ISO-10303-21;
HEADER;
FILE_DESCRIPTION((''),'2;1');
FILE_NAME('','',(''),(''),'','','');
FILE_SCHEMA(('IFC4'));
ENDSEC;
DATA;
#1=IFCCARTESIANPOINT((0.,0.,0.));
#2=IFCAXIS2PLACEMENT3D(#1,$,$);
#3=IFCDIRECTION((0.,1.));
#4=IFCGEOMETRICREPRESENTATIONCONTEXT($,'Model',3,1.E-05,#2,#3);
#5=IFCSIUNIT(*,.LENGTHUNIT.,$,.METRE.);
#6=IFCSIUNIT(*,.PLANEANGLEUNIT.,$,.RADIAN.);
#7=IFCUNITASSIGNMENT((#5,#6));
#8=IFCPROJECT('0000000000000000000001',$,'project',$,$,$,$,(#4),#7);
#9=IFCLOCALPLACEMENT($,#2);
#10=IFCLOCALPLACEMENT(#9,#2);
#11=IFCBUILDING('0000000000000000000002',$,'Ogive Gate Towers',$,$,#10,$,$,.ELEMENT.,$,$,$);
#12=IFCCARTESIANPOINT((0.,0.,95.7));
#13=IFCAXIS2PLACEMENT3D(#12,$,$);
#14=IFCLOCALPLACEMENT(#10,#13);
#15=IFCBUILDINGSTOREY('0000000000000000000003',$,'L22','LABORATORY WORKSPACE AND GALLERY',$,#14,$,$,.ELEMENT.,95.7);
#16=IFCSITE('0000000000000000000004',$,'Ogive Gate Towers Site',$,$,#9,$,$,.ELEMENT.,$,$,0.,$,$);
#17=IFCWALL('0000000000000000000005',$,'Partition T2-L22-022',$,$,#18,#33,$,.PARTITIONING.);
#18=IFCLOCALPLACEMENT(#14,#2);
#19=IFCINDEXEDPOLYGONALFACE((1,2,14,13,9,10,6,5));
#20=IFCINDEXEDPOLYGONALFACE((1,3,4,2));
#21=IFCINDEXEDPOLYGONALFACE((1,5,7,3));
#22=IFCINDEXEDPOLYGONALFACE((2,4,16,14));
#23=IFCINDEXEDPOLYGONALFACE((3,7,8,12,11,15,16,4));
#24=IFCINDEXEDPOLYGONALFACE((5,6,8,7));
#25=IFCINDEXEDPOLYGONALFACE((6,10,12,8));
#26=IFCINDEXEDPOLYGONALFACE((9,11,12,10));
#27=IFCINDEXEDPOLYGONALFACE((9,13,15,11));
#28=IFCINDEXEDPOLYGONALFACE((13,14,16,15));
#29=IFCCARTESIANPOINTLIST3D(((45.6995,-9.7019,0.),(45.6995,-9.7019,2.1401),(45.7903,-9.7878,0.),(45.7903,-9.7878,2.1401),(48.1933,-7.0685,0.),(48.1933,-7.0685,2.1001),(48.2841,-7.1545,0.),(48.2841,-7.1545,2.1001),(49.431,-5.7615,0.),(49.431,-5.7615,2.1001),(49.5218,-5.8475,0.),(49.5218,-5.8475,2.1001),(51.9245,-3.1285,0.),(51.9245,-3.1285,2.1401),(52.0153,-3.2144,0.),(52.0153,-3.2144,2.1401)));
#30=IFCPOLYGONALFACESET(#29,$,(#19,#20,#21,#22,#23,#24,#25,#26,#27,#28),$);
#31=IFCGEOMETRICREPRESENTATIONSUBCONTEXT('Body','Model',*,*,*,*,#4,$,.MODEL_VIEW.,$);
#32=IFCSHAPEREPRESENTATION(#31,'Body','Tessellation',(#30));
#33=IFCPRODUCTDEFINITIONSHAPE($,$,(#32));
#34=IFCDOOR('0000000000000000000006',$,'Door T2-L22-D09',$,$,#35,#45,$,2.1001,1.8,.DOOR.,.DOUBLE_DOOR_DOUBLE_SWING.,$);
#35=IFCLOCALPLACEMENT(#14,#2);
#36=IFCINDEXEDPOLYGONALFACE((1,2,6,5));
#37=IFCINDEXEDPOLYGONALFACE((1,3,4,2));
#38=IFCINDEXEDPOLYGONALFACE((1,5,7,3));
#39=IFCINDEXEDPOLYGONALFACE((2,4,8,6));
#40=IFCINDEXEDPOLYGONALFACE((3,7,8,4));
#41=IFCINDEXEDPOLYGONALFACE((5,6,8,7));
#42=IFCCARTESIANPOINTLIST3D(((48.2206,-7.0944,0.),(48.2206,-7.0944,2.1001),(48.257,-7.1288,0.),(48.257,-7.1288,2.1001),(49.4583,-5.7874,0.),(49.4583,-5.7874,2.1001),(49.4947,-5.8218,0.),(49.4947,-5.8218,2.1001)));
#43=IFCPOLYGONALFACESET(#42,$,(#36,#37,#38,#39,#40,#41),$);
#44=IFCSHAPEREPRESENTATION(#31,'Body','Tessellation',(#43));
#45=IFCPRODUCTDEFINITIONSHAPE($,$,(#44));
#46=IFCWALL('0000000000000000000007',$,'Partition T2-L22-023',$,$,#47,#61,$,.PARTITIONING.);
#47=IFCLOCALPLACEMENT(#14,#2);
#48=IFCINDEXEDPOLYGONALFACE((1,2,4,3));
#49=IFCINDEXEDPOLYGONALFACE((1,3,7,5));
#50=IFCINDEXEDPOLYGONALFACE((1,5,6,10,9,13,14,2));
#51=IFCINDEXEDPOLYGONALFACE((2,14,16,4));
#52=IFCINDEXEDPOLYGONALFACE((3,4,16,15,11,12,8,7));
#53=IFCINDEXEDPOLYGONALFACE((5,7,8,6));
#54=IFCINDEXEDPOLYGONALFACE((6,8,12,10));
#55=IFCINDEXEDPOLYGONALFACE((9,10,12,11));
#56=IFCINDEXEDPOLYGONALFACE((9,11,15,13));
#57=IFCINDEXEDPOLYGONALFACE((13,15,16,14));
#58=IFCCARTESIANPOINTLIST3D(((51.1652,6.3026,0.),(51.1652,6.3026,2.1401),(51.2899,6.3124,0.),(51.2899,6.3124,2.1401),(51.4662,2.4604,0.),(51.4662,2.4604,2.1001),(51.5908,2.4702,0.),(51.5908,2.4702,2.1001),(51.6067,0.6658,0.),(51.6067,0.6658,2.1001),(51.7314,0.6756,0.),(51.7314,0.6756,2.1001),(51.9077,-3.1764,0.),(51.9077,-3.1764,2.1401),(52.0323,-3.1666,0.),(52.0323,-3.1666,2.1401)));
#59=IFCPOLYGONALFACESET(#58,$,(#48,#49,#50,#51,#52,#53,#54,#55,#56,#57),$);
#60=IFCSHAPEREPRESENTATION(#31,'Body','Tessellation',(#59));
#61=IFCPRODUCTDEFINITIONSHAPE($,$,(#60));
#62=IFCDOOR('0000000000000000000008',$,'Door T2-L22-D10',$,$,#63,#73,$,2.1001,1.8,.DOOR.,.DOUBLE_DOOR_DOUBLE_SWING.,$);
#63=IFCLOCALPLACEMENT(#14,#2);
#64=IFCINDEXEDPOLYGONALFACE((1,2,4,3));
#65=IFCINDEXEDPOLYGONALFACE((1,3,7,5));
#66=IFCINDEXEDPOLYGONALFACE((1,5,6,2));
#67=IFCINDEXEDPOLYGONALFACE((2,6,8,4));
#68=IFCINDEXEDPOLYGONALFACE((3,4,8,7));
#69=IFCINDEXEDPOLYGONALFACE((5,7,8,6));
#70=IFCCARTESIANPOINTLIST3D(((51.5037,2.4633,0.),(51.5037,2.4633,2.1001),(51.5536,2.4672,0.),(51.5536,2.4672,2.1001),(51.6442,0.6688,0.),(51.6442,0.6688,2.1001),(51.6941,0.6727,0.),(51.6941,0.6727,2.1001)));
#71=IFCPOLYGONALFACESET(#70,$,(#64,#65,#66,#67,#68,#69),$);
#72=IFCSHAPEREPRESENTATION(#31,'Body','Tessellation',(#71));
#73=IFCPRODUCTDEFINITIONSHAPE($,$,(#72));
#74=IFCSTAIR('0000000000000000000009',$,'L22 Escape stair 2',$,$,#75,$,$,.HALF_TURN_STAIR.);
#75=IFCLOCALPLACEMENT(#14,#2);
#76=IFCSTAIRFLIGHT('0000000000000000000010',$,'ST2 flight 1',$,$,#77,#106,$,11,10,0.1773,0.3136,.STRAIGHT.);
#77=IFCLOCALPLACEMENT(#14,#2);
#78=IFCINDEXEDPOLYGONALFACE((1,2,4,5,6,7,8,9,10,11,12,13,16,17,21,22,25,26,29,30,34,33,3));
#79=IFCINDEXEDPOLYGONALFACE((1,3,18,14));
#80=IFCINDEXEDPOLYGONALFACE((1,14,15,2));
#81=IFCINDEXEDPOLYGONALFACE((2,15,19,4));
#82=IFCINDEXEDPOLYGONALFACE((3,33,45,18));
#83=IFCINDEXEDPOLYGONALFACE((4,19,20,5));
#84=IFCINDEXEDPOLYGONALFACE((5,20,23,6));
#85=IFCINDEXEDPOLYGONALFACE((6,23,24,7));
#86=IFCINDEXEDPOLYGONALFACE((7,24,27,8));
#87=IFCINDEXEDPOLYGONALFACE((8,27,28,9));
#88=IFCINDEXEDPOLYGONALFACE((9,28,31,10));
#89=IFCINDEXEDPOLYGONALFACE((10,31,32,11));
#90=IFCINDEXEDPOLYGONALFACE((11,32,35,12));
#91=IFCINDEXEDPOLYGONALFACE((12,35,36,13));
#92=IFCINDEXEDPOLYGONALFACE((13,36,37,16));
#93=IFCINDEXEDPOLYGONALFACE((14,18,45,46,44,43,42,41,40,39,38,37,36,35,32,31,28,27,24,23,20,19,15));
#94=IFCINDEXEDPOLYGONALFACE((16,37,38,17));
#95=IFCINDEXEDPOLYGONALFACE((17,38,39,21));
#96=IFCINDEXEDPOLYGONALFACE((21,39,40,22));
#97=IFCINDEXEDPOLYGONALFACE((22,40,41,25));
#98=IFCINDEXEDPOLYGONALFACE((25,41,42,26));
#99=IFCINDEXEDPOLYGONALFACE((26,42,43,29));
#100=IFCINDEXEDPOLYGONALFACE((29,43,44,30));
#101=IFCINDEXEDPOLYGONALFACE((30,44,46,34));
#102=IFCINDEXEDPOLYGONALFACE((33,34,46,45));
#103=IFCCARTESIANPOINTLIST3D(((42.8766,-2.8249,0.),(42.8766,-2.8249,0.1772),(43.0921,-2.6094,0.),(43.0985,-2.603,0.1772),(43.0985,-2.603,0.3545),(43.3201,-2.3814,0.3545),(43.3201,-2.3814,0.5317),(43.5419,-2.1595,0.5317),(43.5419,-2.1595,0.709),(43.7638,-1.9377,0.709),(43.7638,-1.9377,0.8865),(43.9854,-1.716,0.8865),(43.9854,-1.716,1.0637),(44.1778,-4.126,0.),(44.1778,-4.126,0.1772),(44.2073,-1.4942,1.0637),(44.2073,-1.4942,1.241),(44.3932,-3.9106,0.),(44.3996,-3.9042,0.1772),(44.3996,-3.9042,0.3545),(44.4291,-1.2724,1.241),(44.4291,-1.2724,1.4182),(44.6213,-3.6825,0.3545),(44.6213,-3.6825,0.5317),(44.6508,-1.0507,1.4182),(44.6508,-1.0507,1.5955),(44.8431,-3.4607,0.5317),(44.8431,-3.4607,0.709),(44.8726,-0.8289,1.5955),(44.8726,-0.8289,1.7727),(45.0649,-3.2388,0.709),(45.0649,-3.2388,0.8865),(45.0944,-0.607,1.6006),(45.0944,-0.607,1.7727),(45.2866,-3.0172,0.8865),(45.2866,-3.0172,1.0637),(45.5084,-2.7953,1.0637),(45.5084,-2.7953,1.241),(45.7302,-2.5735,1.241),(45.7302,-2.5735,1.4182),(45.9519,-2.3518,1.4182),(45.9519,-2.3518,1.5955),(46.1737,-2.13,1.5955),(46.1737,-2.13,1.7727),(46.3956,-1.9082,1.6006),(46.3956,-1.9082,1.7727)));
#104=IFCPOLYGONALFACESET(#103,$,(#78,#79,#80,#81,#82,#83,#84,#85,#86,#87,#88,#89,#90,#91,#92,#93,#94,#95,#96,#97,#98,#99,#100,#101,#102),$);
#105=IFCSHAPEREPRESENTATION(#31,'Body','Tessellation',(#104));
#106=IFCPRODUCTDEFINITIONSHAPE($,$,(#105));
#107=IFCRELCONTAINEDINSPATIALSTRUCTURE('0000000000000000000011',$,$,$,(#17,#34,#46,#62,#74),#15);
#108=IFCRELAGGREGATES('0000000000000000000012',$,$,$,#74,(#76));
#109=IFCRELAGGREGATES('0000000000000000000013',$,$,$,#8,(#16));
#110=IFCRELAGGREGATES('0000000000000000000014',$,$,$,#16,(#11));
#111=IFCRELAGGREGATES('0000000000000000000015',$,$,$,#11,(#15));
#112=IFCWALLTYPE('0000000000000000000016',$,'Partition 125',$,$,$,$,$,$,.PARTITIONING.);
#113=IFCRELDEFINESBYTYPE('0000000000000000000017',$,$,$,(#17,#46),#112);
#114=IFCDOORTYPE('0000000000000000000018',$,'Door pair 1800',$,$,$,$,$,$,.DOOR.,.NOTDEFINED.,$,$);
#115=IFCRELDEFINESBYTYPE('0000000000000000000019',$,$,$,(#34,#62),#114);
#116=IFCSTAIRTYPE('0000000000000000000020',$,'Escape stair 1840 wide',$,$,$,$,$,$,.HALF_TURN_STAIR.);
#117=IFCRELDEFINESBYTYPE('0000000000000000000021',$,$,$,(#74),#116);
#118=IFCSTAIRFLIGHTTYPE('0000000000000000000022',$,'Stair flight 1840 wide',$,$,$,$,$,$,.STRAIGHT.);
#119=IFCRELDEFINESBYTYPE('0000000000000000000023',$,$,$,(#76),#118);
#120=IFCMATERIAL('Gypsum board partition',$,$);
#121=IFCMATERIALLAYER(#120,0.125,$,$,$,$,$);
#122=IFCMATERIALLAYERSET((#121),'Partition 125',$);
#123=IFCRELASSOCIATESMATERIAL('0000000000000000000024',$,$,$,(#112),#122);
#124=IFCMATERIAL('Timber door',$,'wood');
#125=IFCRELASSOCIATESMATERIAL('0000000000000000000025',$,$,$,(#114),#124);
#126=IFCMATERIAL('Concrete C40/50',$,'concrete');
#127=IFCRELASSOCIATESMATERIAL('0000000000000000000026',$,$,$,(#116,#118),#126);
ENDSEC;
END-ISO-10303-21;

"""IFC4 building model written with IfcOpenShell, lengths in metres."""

from ifc_helpers import new_model, si_unit, direction, frame, frame_2d, origin, place, context, subcontext, project, spatial, polyline, rectangle, outline, extrude, material, layer, layer_set, type_object, element, fill, aggregate, save


model = new_model("IFC4")

# Units and contexts
model_context = context("Model", 3, precision=1e-05, world=origin(), true_north=direction((0.0, 1.0)))
body_context = subcontext(model_context, "Body", "Model", "MODEL_VIEW")
ifc_project = project(units=[si_unit("LENGTHUNIT", "METRE"), si_unit("PLANEANGLEUNIT", "RADIAN")], contexts=[model_context])

# Site, building, storey
site_placement = place(None, origin())
site = spatial("IfcSite", under=ifc_project, at=site_placement, Name="Ogive Gate Towers Site", CompositionType="ELEMENT", RefElevation=0.0)
building_placement = place(site_placement, origin())
building = spatial("IfcBuilding", under=site, at=building_placement, Name="Ogive Gate Towers", CompositionType="ELEMENT")
storey_placement = place(building_placement, frame((0.0, 0.0, 95.7)))
storey = spatial("IfcBuildingStorey", under=building, at=storey_placement, Name="L22", Description="LABORATORY WORKSPACE AND GALLERY", CompositionType="ELEMENT", Elevation=95.7)

# Shared definitions
ifc_material_1 = material(Name="Gypsum board partition")
ifc_layer = layer(ifc_material_1, 0.125)
ifc_layer_set = layer_set([ifc_layer], Name="Partition 125")
wall_type = type_object("IfcWallType", Name="Partition 125", PredefinedType="PARTITIONING", material=ifc_layer_set)

# Walls, openings, doors
wall_1_placement = place(storey_placement, frame((45.7449, -9.7449, 0.0), z_axis=(0.0, 0.0, 1.0), x_axis=(0.687604, 0.726086, 0.0)))
wall_1 = element("IfcWall", 1, at=wall_1_placement, inside=storey, type_object=wall_type, Name="Partition T2-L22-022", PredefinedType="PARTITIONING", context=body_context, shape_type="SweptSolid", body=[
    extrude(rectangle(XDim=9.0532, YDim=0.125, at=frame_2d((4.5266, 0.0))), origin(), (0.0, 0.0, 1.0), 2.1401),
])
opening_1_placement = place(wall_1_placement, frame((3.627, 0.0, 0.0)))
opening_1 = element("IfcOpeningElement", 2, at=opening_1_placement, cuts=wall_1, PredefinedType="OPENING", context=body_context, shape_type="SweptSolid", body=[
    extrude(rectangle(XDim=1.8, YDim=2.1001, at=frame_2d((0.8999, 1.05))), frame((0.0, 0.0725, 0.0), z_axis=(0.0, -1.0, 0.0), x_axis=(1.0, 0.0, 0.0)), (0.0, 0.0, 1.0), 0.145),
])
ifc_material_2 = material(Name="Timber door", Category="wood")
door_type = type_object("IfcDoorType", Name="Door pair 1800", OperationType="NOTDEFINED", PredefinedType="DOOR", material=ifc_material_2)
door_1_placement = place(opening_1_placement, origin())
door_1 = element("IfcDoor", 3, at=door_1_placement, inside=storey, type_object=door_type, Name="Door T2-L22-D09", OperationType="DOUBLE_DOOR_DOUBLE_SWING", OverallHeight=2.1001, OverallWidth=1.8, PredefinedType="DOOR", context=body_context, shape_type="SweptSolid", body=[
    extrude(rectangle(XDim=1.8, YDim=2.1001, at=frame_2d((0.8999, 1.05))), frame((0.0, 0.0249, 0.0), z_axis=(0.0, -1.0, 0.0), x_axis=(1.0, 0.0, 0.0)), (0.0, 0.0, 1.0), 0.05),
])
fill(opening_1, door_1)
wall_2_placement = place(storey_placement, frame((51.97, -3.1714, 0.0), z_axis=(0.0, 0.0, 1.0), x_axis=(-0.078085, 0.996947, 0.0)))
wall_2 = element("IfcWall", 4, at=wall_2_placement, inside=storey, type_object=wall_type, Name="Partition T2-L22-023", PredefinedType="PARTITIONING", context=body_context, shape_type="SweptSolid", body=[
    extrude(rectangle(XDim=9.5081, YDim=0.125, at=frame_2d((4.7539, 0.0))), origin(), (0.0, 0.0, 1.0), 2.1401),
])
opening_2_placement = place(wall_2_placement, frame((3.854, 0.0, 0.0)))
opening_2 = element("IfcOpeningElement", 5, at=opening_2_placement, cuts=wall_2, PredefinedType="OPENING", context=body_context, shape_type="SweptSolid", body=[
    extrude(rectangle(XDim=1.8, YDim=2.1001, at=frame_2d((0.8999, 1.05))), frame((0.0, 0.0725, 0.0), z_axis=(0.0, -1.0, 0.0), x_axis=(1.0, 0.0, 0.0)), (0.0, 0.0, 1.0), 0.145),
])
door_2_placement = place(opening_2_placement, origin())
door_2 = element("IfcDoor", 6, at=door_2_placement, inside=storey, type_object=door_type, Name="Door T2-L22-D10", OperationType="DOUBLE_DOOR_DOUBLE_SWING", OverallHeight=2.1001, OverallWidth=1.8, PredefinedType="DOOR", context=body_context, shape_type="SweptSolid", body=[
    extrude(rectangle(XDim=1.8, YDim=2.1001, at=frame_2d((0.8999, 1.05))), frame((0.0, 0.0249, 0.0), z_axis=(0.0, -1.0, 0.0), x_axis=(1.0, 0.0, 0.0)), (0.0, 0.0, 1.0), 0.05),
])
fill(opening_2, door_2)

# Stair, stair flight
ifc_material_3 = material(Name="Concrete C40/50", Category="concrete")
stair_type = type_object("IfcStairType", Name="Escape stair 1840 wide", PredefinedType="HALF_TURN_STAIR", material=ifc_material_3)
stair_placement = place(storey_placement, origin())
stair = element("IfcStair", 7, at=stair_placement, inside=storey, type_object=stair_type, Name="L22 Escape stair 2", PredefinedType="HALF_TURN_STAIR")
stair_flight_type = type_object("IfcStairFlightType", Name="Stair flight 1840 wide", PredefinedType="STRAIGHT", material=ifc_material_3)
stair_flight_placement = place(storey_placement, frame((43.5271, -3.4753, 0.0), z_axis=(0.0, 0.0, 1.0), x_axis=(0.707107, 0.707107, 0.0)))
stair_flight = element("IfcStairFlight", 8, at=stair_flight_placement, type_object=stair_flight_type, Name="ST2 flight 1", NumberOfRisers=11, NumberOfTreads=10, PredefinedType="STRAIGHT", RiserHeight=0.1773, TreadLength=0.3136, context=body_context, shape_type="SweptSolid", body=[
    extrude(outline(polyline([(0.0, 0.0), (0.0, 0.1772), (0.3137, 0.1772), (0.3137, 0.3545), (0.6272, 0.3545), (0.6272, 0.5317), (0.9409, 0.5317), (0.9409, 0.709), (1.2546, 0.709), (1.2546, 0.8865), (1.5681, 0.8865), (1.5681, 1.0637), (1.8818, 1.0637), (1.8818, 1.241), (2.1956, 1.241), (2.1956, 1.4182), (2.509, 1.4182), (2.509, 1.5955), (2.8228, 1.5955), (2.8228, 1.7727), (3.1365, 1.7727), (3.1365, 1.95), (3.1365, 1.6006), (0.3047, 0.0), (0.0, 0.0)])), frame((0.0, 0.9199, 0.0), z_axis=(0.0, -1.0, 0.0), x_axis=(1.0, 0.0, 0.0)), (0.0, 0.0, 1.0), 1.8401),
])
aggregate(stair, [stair_flight])

save(model, "model.ifc")
